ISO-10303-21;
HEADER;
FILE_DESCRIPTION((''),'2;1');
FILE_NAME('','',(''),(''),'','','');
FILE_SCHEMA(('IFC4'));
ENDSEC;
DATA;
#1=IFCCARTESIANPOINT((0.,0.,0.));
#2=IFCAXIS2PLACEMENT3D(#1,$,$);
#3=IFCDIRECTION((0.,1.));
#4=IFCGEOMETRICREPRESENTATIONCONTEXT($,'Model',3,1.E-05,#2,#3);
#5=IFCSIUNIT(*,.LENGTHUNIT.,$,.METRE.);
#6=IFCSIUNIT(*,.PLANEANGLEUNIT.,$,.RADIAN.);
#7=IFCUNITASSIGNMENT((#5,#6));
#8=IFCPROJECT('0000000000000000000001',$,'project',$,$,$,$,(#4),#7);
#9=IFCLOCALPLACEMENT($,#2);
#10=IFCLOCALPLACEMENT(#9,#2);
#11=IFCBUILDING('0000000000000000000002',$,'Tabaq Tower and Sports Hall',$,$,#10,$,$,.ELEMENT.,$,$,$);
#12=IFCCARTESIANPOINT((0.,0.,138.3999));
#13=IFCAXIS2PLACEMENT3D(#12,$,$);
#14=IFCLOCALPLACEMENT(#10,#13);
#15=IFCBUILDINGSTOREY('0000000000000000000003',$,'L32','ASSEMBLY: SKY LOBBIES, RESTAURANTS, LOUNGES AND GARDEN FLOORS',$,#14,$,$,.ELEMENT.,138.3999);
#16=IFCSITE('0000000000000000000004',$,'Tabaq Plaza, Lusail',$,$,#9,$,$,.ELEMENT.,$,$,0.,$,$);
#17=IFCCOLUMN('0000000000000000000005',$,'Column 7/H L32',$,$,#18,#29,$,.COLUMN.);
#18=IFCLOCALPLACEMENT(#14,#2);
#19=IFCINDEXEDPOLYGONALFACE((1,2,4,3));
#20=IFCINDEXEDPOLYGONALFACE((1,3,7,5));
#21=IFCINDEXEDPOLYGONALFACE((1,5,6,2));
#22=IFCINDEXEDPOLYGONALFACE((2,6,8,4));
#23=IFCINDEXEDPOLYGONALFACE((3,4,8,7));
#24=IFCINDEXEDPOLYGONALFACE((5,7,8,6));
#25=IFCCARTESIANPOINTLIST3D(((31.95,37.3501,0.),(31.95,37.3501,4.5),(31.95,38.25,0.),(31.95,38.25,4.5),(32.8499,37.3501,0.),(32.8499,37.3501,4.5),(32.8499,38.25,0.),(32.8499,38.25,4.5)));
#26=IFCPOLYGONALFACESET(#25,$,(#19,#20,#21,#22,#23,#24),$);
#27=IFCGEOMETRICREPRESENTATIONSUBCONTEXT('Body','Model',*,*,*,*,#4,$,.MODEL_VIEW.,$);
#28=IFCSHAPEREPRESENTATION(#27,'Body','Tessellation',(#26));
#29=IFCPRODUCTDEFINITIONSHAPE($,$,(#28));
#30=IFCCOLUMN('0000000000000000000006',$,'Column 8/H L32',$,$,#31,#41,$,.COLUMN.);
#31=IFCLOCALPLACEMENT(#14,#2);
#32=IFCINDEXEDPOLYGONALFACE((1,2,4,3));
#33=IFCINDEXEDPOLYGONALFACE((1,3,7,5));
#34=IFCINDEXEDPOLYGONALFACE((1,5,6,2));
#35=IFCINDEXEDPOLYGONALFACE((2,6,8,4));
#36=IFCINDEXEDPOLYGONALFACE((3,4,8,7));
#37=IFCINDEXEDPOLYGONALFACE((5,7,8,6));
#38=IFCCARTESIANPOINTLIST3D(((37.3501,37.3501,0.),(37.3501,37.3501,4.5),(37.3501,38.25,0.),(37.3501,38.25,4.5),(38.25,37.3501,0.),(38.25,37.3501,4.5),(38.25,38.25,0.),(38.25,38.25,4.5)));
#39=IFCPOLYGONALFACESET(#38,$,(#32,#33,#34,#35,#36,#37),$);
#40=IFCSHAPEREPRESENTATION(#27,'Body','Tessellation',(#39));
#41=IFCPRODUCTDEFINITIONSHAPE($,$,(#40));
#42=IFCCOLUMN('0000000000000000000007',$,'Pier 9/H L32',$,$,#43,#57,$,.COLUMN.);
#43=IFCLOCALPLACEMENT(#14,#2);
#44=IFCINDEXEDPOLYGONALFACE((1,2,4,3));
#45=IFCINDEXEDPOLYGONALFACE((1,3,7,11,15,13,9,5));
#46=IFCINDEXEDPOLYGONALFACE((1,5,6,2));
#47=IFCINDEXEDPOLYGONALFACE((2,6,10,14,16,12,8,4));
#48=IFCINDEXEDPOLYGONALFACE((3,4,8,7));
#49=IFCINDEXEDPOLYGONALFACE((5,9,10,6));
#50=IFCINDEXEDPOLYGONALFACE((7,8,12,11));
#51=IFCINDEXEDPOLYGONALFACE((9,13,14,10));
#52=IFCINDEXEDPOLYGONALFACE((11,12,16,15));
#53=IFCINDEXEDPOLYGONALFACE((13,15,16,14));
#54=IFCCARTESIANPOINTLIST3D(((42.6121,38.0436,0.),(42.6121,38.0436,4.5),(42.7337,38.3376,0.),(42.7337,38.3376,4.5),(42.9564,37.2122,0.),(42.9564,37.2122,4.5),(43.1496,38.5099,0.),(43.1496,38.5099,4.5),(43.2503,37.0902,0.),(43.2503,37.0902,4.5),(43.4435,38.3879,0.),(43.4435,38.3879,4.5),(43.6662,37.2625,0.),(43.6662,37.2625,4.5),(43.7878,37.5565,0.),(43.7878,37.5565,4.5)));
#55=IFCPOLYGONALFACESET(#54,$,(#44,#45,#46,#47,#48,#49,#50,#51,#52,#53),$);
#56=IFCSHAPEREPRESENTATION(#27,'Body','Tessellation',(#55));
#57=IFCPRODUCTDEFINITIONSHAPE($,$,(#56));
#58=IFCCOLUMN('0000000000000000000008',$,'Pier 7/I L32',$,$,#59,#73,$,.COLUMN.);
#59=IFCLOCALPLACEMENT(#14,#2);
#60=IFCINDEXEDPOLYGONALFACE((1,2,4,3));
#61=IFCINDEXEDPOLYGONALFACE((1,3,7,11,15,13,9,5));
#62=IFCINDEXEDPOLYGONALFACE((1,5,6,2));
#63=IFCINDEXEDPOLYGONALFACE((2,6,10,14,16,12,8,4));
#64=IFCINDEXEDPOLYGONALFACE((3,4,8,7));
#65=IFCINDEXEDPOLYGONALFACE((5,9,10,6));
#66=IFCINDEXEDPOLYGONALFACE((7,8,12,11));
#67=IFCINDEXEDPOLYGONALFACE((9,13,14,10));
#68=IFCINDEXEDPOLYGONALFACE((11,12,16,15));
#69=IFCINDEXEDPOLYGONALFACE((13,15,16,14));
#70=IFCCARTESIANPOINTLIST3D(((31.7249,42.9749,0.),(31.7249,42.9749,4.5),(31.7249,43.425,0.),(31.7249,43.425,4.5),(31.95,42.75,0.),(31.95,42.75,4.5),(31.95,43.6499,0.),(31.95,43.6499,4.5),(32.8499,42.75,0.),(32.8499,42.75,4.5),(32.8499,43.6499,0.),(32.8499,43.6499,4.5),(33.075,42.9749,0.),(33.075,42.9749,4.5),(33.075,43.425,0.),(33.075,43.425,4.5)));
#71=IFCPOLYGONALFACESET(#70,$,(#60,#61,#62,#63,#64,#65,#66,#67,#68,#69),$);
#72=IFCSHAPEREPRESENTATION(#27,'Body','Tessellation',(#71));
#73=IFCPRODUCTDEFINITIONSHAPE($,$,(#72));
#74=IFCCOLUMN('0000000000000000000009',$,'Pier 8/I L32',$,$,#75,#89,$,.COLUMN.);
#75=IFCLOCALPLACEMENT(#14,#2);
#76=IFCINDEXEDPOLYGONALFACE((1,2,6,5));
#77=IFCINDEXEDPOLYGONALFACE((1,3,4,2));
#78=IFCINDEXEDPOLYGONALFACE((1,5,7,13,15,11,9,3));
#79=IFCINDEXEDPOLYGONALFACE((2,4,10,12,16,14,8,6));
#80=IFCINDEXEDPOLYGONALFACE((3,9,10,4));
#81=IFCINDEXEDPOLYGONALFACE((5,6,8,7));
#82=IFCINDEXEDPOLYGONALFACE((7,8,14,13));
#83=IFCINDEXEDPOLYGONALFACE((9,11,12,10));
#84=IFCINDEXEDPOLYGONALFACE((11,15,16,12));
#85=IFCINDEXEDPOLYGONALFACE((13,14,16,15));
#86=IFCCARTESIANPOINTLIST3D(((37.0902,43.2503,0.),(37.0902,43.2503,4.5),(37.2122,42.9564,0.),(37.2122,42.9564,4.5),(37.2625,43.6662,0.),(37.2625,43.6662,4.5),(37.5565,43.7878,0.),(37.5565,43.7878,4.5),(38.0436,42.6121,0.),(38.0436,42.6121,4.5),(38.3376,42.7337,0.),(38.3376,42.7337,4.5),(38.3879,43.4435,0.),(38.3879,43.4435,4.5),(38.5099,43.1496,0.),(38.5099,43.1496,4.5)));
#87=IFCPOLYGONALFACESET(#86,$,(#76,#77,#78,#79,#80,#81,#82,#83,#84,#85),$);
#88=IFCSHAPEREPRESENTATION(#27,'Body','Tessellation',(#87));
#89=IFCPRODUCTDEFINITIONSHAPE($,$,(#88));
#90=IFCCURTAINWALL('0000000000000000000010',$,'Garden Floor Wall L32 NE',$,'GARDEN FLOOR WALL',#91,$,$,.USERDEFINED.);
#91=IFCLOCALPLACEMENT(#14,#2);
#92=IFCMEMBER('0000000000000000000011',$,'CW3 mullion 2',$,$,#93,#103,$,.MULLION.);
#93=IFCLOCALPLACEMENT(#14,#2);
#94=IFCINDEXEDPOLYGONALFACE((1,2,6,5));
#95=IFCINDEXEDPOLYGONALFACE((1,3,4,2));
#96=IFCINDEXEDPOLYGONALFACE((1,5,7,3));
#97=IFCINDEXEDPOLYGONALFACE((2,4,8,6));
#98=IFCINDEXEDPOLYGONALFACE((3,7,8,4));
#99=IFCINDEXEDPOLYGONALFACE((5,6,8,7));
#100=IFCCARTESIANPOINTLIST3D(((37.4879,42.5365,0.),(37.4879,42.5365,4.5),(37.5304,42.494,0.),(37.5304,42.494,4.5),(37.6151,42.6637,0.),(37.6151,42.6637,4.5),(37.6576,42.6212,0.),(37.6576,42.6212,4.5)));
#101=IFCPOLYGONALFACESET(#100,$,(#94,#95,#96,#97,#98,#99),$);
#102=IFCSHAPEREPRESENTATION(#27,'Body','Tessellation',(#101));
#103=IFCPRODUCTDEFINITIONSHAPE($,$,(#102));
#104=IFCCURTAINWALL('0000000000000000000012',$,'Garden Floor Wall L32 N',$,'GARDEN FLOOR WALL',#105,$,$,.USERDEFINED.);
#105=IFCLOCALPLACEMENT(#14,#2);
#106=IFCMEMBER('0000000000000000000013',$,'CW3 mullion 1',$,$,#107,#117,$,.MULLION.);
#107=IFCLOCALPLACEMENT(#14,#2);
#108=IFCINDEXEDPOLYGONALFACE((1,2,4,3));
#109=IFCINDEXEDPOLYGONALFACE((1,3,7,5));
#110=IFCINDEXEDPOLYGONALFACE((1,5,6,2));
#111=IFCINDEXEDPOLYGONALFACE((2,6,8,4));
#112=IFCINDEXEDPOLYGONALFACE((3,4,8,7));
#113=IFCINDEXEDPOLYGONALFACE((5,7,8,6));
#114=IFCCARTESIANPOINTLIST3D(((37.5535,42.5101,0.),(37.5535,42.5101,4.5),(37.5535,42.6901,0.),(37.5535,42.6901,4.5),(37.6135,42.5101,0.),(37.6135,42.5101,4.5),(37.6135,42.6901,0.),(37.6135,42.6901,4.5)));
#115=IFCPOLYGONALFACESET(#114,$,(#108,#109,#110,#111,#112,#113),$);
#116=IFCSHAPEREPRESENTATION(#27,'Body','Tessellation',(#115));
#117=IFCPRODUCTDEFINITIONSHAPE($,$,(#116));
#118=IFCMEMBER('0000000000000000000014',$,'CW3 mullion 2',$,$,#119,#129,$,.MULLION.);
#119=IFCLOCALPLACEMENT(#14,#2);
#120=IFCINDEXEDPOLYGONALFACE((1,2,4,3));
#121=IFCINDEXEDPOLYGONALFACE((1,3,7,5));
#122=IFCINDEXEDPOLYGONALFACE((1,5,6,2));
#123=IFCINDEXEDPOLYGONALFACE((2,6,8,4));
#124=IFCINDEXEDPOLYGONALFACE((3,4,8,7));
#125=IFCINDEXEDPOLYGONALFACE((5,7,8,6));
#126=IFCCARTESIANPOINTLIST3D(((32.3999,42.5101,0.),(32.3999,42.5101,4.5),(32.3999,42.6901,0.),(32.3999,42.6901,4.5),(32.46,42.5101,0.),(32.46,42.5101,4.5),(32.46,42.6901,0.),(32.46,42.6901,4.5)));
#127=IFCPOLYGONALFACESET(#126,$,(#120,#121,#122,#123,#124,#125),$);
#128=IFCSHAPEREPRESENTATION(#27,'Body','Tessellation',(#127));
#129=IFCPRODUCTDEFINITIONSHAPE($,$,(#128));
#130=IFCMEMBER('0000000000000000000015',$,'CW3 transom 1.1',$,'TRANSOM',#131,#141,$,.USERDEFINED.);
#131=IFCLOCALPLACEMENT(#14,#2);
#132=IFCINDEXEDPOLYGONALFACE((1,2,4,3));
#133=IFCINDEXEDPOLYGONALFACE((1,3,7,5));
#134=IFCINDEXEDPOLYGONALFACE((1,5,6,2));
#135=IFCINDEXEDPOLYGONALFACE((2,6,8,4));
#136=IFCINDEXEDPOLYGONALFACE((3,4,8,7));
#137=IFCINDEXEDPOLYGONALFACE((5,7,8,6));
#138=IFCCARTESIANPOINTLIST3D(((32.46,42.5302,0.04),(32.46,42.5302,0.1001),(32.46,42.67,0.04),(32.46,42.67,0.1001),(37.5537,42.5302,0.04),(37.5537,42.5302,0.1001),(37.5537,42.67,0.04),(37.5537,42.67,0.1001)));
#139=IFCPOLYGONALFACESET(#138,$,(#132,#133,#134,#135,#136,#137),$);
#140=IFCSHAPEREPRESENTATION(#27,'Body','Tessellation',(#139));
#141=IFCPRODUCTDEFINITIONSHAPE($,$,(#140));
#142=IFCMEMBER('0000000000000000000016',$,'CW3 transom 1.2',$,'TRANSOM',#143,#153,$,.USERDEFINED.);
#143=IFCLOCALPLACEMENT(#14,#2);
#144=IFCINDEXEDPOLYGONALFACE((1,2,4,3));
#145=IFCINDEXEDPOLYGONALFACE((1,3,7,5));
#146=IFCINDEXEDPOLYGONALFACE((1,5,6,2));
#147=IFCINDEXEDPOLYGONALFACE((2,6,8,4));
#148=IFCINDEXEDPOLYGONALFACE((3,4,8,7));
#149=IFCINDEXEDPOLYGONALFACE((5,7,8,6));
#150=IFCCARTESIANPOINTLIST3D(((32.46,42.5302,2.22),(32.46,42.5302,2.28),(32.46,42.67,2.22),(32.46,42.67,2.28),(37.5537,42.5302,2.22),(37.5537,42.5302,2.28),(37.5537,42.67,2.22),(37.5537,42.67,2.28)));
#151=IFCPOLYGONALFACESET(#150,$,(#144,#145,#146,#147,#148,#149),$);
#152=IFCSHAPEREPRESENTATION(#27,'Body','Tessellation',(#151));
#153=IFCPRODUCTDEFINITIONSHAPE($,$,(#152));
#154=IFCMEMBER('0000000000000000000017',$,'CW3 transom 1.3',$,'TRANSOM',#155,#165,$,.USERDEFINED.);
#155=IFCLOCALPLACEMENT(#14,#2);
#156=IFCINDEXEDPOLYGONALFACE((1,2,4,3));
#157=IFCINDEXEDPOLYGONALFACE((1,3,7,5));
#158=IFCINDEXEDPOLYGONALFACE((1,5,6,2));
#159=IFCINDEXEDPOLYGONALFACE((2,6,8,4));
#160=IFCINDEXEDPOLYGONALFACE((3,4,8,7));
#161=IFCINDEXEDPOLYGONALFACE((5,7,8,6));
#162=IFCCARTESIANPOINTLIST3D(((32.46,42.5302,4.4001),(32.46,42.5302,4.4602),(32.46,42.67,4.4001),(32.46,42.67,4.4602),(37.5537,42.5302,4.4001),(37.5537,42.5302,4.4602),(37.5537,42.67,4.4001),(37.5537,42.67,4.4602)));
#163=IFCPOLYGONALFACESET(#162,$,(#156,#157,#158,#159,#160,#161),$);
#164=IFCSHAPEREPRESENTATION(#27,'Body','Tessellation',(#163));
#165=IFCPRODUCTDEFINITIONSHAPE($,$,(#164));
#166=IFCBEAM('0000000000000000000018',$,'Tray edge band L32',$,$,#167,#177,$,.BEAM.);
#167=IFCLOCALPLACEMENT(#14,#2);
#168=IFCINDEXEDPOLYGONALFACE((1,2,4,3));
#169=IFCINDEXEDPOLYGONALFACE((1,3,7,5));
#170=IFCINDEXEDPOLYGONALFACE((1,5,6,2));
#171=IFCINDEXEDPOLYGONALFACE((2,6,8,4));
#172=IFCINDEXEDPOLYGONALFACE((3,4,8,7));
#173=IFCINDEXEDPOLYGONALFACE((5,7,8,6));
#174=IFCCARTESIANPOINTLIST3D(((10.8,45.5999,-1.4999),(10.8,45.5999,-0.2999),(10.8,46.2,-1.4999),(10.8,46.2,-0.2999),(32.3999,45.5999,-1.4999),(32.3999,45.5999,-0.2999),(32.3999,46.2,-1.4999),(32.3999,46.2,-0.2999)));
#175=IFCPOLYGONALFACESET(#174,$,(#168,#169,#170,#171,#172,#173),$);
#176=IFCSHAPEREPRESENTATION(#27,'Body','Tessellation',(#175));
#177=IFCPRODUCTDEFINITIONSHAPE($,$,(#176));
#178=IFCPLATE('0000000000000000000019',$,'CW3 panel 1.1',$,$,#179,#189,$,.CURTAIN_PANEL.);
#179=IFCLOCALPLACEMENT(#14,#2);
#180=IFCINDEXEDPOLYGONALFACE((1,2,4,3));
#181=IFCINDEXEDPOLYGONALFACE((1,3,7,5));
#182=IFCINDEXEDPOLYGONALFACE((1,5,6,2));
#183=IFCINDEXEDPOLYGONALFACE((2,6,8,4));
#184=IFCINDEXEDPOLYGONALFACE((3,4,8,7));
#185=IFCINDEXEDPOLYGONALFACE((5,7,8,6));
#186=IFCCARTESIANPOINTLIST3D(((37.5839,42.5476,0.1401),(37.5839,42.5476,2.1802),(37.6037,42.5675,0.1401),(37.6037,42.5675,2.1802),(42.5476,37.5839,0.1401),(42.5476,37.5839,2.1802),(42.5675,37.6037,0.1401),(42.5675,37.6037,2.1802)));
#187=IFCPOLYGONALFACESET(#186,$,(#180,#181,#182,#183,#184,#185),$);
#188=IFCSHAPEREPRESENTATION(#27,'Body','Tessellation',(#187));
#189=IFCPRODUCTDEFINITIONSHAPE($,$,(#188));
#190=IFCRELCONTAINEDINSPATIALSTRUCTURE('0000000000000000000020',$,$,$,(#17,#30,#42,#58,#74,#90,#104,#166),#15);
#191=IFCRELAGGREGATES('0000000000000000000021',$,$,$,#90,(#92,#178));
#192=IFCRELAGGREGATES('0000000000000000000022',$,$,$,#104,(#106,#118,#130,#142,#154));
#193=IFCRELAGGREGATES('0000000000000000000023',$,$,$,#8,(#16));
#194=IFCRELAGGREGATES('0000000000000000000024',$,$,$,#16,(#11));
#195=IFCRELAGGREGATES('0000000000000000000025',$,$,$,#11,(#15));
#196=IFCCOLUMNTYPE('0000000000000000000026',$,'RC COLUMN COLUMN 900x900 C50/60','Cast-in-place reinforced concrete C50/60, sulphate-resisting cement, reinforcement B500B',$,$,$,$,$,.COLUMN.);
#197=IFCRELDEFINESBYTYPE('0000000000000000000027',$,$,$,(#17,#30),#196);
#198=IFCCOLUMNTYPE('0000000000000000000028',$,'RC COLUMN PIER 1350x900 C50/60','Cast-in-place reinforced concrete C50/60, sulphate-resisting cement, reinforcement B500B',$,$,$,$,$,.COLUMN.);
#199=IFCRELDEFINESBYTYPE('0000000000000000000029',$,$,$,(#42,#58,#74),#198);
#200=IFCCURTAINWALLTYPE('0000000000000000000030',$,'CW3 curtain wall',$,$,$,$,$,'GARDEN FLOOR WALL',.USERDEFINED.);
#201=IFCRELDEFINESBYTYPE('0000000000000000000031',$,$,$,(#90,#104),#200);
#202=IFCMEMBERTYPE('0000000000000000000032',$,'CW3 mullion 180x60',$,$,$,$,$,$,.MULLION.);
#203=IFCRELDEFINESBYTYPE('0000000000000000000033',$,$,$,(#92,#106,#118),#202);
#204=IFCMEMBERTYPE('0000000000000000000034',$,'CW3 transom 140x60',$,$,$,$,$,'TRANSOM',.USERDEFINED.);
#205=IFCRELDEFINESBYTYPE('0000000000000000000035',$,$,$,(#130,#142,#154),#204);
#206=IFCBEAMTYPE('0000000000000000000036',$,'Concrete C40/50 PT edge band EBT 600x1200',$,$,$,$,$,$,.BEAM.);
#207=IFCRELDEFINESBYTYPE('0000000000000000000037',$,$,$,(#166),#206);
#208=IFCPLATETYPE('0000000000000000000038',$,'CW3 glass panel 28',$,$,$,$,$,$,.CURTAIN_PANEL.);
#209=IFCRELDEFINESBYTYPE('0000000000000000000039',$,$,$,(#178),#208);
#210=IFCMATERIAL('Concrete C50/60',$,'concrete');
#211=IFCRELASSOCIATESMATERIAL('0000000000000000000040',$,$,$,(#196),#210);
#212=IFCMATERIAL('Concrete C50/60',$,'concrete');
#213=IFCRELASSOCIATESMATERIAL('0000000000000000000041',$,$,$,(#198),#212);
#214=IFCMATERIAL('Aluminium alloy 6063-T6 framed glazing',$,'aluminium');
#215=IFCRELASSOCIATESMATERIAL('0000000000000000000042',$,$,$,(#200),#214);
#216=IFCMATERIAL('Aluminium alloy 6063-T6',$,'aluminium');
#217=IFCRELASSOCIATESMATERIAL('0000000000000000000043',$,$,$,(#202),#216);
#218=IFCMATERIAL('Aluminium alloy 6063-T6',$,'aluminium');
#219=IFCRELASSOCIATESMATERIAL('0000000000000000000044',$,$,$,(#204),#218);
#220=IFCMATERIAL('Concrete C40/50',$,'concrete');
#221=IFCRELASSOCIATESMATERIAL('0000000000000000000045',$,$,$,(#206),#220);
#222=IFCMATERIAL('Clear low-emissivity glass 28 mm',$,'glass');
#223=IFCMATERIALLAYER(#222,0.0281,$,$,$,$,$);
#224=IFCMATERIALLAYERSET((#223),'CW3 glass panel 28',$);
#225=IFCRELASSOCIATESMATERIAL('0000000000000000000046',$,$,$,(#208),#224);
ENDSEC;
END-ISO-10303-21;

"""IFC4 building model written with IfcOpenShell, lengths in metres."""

from ifc_helpers import new_model, si_unit, direction, frame, origin, origin_2d, place, context, subcontext, project, spatial, polyline, rectangle, outline, extrude, material, layer, layer_set, material_profile, profile_set, type_object, element, aggregate, save


model = new_model("IFC4")

# Units and contexts
model_context = context("Model", 3, precision=1e-05, world=origin(), true_north=direction((0.0, 1.0)))
body_context = subcontext(model_context, "Body", "Model", "MODEL_VIEW")
ifc_project = project(units=[si_unit("LENGTHUNIT", "METRE"), si_unit("PLANEANGLEUNIT", "RADIAN")], contexts=[model_context])

# Site, building, storey
site_placement = place(None, origin())
site = spatial("IfcSite", under=ifc_project, at=site_placement, Name="Tabaq Plaza, Lusail", CompositionType="ELEMENT", RefElevation=0.0)
building_placement = place(site_placement, origin())
building = spatial("IfcBuilding", under=site, at=building_placement, Name="Tabaq Tower and Sports Hall", CompositionType="ELEMENT")
storey_placement = place(building_placement, frame((0.0, 0.0, 138.3999)))
storey = spatial("IfcBuildingStorey", under=building, at=storey_placement, Name="L32", Description="ASSEMBLY: SKY LOBBIES, RESTAURANTS, LOUNGES AND GARDEN FLOORS", CompositionType="ELEMENT", Elevation=138.3999)

# Columns
ifc_material_1 = material(Name="Concrete C50/60", Category="concrete")
ifc_material_profile_1 = material_profile(ifc_material_1, rectangle(XDim=0.8999, YDim=0.8999, at=origin_2d()), Name="COLUMN 900x900")
ifc_profile_set_1 = profile_set([ifc_material_profile_1], Name="Concrete C50/60")
column_type_1 = type_object("IfcColumnType", Name="RC COLUMN COLUMN 900x900 C50/60", Description="Cast-in-place reinforced concrete C50/60, sulphate-resisting cement, reinforcement B500B", PredefinedType="COLUMN", material=ifc_profile_set_1)
for number, where, z_axis, x_axis, name in (
    (1, (32.3999, 37.8, 0.0), (0.0, 0.0, 1.0), (1.0, 0.0, 0.0), "Column 7/H L32"),
    (2, (37.8, 37.8, 0.0), (0.0, 0.0, 1.0), (1.0, 0.0, 0.0), "Column 8/H L32"),
):
    element("IfcColumn", number, at=place(storey_placement, frame(where, z_axis=z_axis, x_axis=x_axis)), inside=storey, type_object=column_type_1, Name=name, PredefinedType="COLUMN", context=body_context, shape_type="SweptSolid", body=[
        extrude(rectangle(XDim=0.8999, YDim=0.8999, at=origin_2d()), origin(), (0.0, 0.0, 1.0), 4.5),
    ])
ifc_material_2 = material(Name="Concrete C50/60", Category="concrete")
ifc_material_profile_2 = material_profile(ifc_material_2, outline(polyline([(-0.45, -0.45), (0.45, -0.45), (0.675, -0.2251), (0.675, 0.2251), (0.45, 0.45), (-0.45, 0.45), (-0.675, 0.2251), (-0.675, -0.2251), (-0.45, -0.45)])), Name="PIER 1350x900")
ifc_profile_set_2 = profile_set([ifc_material_profile_2], Name="Concrete C50/60")
column_type_2 = type_object("IfcColumnType", Name="RC COLUMN PIER 1350x900 C50/60", Description="Cast-in-place reinforced concrete C50/60, sulphate-resisting cement, reinforcement B500B", PredefinedType="COLUMN", material=ifc_profile_set_2)
for number, where, z_axis, x_axis, name in (
    (3, (43.2, 37.8, 0.0), (0.0, 0.0, 1.0), (-0.382683, 0.92388, 0.0), "Pier 9/H L32"),
    (4, (32.3999, 43.2, 0.0), (0.0, 0.0, 1.0), (1.0, 0.0, 0.0), "Pier 7/I L32"),
    (5, (37.8, 43.2, 0.0), (0.0, 0.0, 1.0), (-0.92388, 0.382683, 0.0), "Pier 8/I L32"),
):
    element("IfcColumn", number, at=place(storey_placement, frame(where, z_axis=z_axis, x_axis=x_axis)), inside=storey, type_object=column_type_2, Name=name, PredefinedType="COLUMN", context=body_context, shape_type="SweptSolid", body=[
        extrude(outline(polyline([(-0.45, -0.45), (0.45, -0.45), (0.675, -0.2251), (0.675, 0.2251), (0.45, 0.45), (-0.45, 0.45), (-0.675, 0.2251), (-0.675, -0.2251), (-0.45, -0.45)])), origin(), (0.0, 0.0, 1.0), 4.5),
    ])

# Curtain wall, member
ifc_material_3 = material(Name="Aluminium alloy 6063-T6 framed glazing", Category="aluminium")
curtain_wall_type = type_object("IfcCurtainWallType", Name="CW3 curtain wall", ElementType="GARDEN FLOOR WALL", PredefinedType="USERDEFINED", material=ifc_material_3)
curtain_wall_1_placement = place(storey_placement, origin())
curtain_wall_1 = element("IfcCurtainWall", 6, at=curtain_wall_1_placement, inside=storey, type_object=curtain_wall_type, Name="Garden Floor Wall L32 NE", ObjectType="GARDEN FLOOR WALL", PredefinedType="USERDEFINED")
ifc_material_4 = material(Name="Aluminium alloy 6063-T6", Category="aluminium")
ifc_material_profile_3 = material_profile(ifc_material_4, rectangle(XDim=0.1799, YDim=0.0601, at=origin_2d()), Name="MULLION 180x60")
ifc_profile_set_3 = profile_set([ifc_material_profile_3], Name="Aluminium alloy 6063-T6")
member_type_1 = type_object("IfcMemberType", Name="CW3 mullion 180x60", PredefinedType="MULLION", material=ifc_profile_set_3)
member_1_placement = place(storey_placement, frame((37.5728, 42.5789, 0.0), z_axis=(0.0, 0.0, 1.0), x_axis=(-0.707107, -0.707107, 0.0)))
member_1 = element("IfcMember", 7, at=member_1_placement, type_object=member_type_1, Name="CW3 mullion 2", PredefinedType="MULLION", context=body_context, shape_type="SweptSolid", body=[
    extrude(rectangle(XDim=0.1799, YDim=0.0601, at=origin_2d()), origin(), (0.0, 0.0, 1.0), 4.5),
])

# Curtain wall, members
curtain_wall_2_placement = place(storey_placement, origin())
curtain_wall_2 = element("IfcCurtainWall", 8, at=curtain_wall_2_placement, inside=storey, type_object=curtain_wall_type, Name="Garden Floor Wall L32 N", ObjectType="GARDEN FLOOR WALL", PredefinedType="USERDEFINED")
member_2_placement = place(storey_placement, frame((37.5835, 42.6001, 0.0), z_axis=(0.0, 0.0, 1.0), x_axis=(0.0, -1.0, 0.0)))
member_2 = element("IfcMember", 9, at=member_2_placement, type_object=member_type_1, Name="CW3 mullion 1", PredefinedType="MULLION", context=body_context, shape_type="SweptSolid", body=[
    extrude(rectangle(XDim=0.1799, YDim=0.0601, at=origin_2d()), origin(), (0.0, 0.0, 1.0), 4.5),
])
member_3_placement = place(storey_placement, frame((32.4299, 42.6001, 0.0), z_axis=(0.0, 0.0, 1.0), x_axis=(0.0, -1.0, 0.0)))
member_3 = element("IfcMember", 10, at=member_3_placement, type_object=member_type_1, Name="CW3 mullion 2", PredefinedType="MULLION", context=body_context, shape_type="SweptSolid", body=[
    extrude(rectangle(XDim=0.1799, YDim=0.0601, at=origin_2d()), origin(), (0.0, 0.0, 1.0), 4.5),
])
ifc_material_5 = material(Name="Aluminium alloy 6063-T6", Category="aluminium")
ifc_material_profile_4 = material_profile(ifc_material_5, rectangle(XDim=0.1399, YDim=0.0601, at=origin_2d()), Name="TRANSOM 140x60")
ifc_profile_set_4 = profile_set([ifc_material_profile_4], Name="Aluminium alloy 6063-T6")
member_type_2 = type_object("IfcMemberType", Name="CW3 transom 140x60", ElementType="TRANSOM", PredefinedType="USERDEFINED", material=ifc_profile_set_4)
member_4_placement = place(storey_placement, frame((37.5537, 42.6001, 0.0701), z_axis=(-1.0, 0.0, 0.0), x_axis=(0.0, -1.0, 0.0)))
member_4 = element("IfcMember", 11, at=member_4_placement, type_object=member_type_2, Name="CW3 transom 1.1", ObjectType="TRANSOM", PredefinedType="USERDEFINED", context=body_context, shape_type="SweptSolid", body=[
    extrude(rectangle(XDim=0.1399, YDim=0.0601, at=origin_2d()), origin(), (0.0, 0.0, 1.0), 5.0938),
])
member_5_placement = place(storey_placement, frame((37.5537, 42.6001, 2.25), z_axis=(-1.0, 0.0, 0.0), x_axis=(0.0, -1.0, 0.0)))
member_5 = element("IfcMember", 12, at=member_5_placement, type_object=member_type_2, Name="CW3 transom 1.2", ObjectType="TRANSOM", PredefinedType="USERDEFINED", context=body_context, shape_type="SweptSolid", body=[
    extrude(rectangle(XDim=0.1399, YDim=0.0601, at=origin_2d()), origin(), (0.0, 0.0, 1.0), 5.0938),
])
member_6_placement = place(storey_placement, frame((37.5537, 42.6001, 4.4302), z_axis=(-1.0, 0.0, 0.0), x_axis=(0.0, -1.0, 0.0)))
member_6 = element("IfcMember", 13, at=member_6_placement, type_object=member_type_2, Name="CW3 transom 1.3", ObjectType="TRANSOM", PredefinedType="USERDEFINED", context=body_context, shape_type="SweptSolid", body=[
    extrude(rectangle(XDim=0.1399, YDim=0.0601, at=origin_2d()), origin(), (0.0, 0.0, 1.0), 5.0938),
])

# Beam
ifc_material_6 = material(Name="Concrete C40/50", Category="concrete")
ifc_material_profile_5 = material_profile(ifc_material_6, rectangle(XDim=0.6001, YDim=1.2, at=origin_2d()), Name="EBT 600x1200")
ifc_profile_set_5 = profile_set([ifc_material_profile_5], Name="Concrete C40/50")
beam_type = type_object("IfcBeamType", Name="Concrete C40/50 PT edge band EBT 600x1200", PredefinedType="BEAM", material=ifc_profile_set_5)
beam_placement = place(storey_placement, frame((32.3999, 45.8999, -0.8999), z_axis=(-1.0, 0.0, 0.0), x_axis=(0.0, -1.0, 0.0)))
element("IfcBeam", 14, at=beam_placement, inside=storey, type_object=beam_type, Name="Tray edge band L32", PredefinedType="BEAM", context=body_context, shape_type="SweptSolid", body=[
    extrude(rectangle(XDim=0.6001, YDim=1.2, at=origin_2d()), origin(), (0.0, 0.0, 1.0), 21.5999),
])

# Plate
ifc_material_7 = material(Name="Clear low-emissivity glass 28 mm", Category="glass")
ifc_layer_1 = layer(ifc_material_7, 0.0281)
ifc_layer_set_1 = layer_set([ifc_layer_1], Name="CW3 glass panel 28")
plate_type_1 = type_object("IfcPlateType", Name="CW3 glass panel 28", PredefinedType="CURTAIN_PANEL", material=ifc_layer_set_1)
plate_1_placement = place(storey_placement, frame((40.0757, 40.0757, 0.1401), z_axis=(0.0, 0.0, 1.0), x_axis=(-0.707107, 0.707107, 0.0)))
plate_1 = element("IfcPlate", 15, at=plate_1_placement, type_object=plate_type_1, Name="CW3 panel 1.1", PredefinedType="CURTAIN_PANEL", context=body_context, shape_type="SweptSolid", body=[
    extrude(rectangle(XDim=7.0198, YDim=0.0281, at=origin_2d()), origin(), (0.0, 0.0, 1.0), 2.04),
])
aggregate(curtain_wall_1, [member_1, plate_1])
aggregate(curtain_wall_2, [member_2, member_3, member_4, member_5, member_6])

save(model, "model.ifc")
